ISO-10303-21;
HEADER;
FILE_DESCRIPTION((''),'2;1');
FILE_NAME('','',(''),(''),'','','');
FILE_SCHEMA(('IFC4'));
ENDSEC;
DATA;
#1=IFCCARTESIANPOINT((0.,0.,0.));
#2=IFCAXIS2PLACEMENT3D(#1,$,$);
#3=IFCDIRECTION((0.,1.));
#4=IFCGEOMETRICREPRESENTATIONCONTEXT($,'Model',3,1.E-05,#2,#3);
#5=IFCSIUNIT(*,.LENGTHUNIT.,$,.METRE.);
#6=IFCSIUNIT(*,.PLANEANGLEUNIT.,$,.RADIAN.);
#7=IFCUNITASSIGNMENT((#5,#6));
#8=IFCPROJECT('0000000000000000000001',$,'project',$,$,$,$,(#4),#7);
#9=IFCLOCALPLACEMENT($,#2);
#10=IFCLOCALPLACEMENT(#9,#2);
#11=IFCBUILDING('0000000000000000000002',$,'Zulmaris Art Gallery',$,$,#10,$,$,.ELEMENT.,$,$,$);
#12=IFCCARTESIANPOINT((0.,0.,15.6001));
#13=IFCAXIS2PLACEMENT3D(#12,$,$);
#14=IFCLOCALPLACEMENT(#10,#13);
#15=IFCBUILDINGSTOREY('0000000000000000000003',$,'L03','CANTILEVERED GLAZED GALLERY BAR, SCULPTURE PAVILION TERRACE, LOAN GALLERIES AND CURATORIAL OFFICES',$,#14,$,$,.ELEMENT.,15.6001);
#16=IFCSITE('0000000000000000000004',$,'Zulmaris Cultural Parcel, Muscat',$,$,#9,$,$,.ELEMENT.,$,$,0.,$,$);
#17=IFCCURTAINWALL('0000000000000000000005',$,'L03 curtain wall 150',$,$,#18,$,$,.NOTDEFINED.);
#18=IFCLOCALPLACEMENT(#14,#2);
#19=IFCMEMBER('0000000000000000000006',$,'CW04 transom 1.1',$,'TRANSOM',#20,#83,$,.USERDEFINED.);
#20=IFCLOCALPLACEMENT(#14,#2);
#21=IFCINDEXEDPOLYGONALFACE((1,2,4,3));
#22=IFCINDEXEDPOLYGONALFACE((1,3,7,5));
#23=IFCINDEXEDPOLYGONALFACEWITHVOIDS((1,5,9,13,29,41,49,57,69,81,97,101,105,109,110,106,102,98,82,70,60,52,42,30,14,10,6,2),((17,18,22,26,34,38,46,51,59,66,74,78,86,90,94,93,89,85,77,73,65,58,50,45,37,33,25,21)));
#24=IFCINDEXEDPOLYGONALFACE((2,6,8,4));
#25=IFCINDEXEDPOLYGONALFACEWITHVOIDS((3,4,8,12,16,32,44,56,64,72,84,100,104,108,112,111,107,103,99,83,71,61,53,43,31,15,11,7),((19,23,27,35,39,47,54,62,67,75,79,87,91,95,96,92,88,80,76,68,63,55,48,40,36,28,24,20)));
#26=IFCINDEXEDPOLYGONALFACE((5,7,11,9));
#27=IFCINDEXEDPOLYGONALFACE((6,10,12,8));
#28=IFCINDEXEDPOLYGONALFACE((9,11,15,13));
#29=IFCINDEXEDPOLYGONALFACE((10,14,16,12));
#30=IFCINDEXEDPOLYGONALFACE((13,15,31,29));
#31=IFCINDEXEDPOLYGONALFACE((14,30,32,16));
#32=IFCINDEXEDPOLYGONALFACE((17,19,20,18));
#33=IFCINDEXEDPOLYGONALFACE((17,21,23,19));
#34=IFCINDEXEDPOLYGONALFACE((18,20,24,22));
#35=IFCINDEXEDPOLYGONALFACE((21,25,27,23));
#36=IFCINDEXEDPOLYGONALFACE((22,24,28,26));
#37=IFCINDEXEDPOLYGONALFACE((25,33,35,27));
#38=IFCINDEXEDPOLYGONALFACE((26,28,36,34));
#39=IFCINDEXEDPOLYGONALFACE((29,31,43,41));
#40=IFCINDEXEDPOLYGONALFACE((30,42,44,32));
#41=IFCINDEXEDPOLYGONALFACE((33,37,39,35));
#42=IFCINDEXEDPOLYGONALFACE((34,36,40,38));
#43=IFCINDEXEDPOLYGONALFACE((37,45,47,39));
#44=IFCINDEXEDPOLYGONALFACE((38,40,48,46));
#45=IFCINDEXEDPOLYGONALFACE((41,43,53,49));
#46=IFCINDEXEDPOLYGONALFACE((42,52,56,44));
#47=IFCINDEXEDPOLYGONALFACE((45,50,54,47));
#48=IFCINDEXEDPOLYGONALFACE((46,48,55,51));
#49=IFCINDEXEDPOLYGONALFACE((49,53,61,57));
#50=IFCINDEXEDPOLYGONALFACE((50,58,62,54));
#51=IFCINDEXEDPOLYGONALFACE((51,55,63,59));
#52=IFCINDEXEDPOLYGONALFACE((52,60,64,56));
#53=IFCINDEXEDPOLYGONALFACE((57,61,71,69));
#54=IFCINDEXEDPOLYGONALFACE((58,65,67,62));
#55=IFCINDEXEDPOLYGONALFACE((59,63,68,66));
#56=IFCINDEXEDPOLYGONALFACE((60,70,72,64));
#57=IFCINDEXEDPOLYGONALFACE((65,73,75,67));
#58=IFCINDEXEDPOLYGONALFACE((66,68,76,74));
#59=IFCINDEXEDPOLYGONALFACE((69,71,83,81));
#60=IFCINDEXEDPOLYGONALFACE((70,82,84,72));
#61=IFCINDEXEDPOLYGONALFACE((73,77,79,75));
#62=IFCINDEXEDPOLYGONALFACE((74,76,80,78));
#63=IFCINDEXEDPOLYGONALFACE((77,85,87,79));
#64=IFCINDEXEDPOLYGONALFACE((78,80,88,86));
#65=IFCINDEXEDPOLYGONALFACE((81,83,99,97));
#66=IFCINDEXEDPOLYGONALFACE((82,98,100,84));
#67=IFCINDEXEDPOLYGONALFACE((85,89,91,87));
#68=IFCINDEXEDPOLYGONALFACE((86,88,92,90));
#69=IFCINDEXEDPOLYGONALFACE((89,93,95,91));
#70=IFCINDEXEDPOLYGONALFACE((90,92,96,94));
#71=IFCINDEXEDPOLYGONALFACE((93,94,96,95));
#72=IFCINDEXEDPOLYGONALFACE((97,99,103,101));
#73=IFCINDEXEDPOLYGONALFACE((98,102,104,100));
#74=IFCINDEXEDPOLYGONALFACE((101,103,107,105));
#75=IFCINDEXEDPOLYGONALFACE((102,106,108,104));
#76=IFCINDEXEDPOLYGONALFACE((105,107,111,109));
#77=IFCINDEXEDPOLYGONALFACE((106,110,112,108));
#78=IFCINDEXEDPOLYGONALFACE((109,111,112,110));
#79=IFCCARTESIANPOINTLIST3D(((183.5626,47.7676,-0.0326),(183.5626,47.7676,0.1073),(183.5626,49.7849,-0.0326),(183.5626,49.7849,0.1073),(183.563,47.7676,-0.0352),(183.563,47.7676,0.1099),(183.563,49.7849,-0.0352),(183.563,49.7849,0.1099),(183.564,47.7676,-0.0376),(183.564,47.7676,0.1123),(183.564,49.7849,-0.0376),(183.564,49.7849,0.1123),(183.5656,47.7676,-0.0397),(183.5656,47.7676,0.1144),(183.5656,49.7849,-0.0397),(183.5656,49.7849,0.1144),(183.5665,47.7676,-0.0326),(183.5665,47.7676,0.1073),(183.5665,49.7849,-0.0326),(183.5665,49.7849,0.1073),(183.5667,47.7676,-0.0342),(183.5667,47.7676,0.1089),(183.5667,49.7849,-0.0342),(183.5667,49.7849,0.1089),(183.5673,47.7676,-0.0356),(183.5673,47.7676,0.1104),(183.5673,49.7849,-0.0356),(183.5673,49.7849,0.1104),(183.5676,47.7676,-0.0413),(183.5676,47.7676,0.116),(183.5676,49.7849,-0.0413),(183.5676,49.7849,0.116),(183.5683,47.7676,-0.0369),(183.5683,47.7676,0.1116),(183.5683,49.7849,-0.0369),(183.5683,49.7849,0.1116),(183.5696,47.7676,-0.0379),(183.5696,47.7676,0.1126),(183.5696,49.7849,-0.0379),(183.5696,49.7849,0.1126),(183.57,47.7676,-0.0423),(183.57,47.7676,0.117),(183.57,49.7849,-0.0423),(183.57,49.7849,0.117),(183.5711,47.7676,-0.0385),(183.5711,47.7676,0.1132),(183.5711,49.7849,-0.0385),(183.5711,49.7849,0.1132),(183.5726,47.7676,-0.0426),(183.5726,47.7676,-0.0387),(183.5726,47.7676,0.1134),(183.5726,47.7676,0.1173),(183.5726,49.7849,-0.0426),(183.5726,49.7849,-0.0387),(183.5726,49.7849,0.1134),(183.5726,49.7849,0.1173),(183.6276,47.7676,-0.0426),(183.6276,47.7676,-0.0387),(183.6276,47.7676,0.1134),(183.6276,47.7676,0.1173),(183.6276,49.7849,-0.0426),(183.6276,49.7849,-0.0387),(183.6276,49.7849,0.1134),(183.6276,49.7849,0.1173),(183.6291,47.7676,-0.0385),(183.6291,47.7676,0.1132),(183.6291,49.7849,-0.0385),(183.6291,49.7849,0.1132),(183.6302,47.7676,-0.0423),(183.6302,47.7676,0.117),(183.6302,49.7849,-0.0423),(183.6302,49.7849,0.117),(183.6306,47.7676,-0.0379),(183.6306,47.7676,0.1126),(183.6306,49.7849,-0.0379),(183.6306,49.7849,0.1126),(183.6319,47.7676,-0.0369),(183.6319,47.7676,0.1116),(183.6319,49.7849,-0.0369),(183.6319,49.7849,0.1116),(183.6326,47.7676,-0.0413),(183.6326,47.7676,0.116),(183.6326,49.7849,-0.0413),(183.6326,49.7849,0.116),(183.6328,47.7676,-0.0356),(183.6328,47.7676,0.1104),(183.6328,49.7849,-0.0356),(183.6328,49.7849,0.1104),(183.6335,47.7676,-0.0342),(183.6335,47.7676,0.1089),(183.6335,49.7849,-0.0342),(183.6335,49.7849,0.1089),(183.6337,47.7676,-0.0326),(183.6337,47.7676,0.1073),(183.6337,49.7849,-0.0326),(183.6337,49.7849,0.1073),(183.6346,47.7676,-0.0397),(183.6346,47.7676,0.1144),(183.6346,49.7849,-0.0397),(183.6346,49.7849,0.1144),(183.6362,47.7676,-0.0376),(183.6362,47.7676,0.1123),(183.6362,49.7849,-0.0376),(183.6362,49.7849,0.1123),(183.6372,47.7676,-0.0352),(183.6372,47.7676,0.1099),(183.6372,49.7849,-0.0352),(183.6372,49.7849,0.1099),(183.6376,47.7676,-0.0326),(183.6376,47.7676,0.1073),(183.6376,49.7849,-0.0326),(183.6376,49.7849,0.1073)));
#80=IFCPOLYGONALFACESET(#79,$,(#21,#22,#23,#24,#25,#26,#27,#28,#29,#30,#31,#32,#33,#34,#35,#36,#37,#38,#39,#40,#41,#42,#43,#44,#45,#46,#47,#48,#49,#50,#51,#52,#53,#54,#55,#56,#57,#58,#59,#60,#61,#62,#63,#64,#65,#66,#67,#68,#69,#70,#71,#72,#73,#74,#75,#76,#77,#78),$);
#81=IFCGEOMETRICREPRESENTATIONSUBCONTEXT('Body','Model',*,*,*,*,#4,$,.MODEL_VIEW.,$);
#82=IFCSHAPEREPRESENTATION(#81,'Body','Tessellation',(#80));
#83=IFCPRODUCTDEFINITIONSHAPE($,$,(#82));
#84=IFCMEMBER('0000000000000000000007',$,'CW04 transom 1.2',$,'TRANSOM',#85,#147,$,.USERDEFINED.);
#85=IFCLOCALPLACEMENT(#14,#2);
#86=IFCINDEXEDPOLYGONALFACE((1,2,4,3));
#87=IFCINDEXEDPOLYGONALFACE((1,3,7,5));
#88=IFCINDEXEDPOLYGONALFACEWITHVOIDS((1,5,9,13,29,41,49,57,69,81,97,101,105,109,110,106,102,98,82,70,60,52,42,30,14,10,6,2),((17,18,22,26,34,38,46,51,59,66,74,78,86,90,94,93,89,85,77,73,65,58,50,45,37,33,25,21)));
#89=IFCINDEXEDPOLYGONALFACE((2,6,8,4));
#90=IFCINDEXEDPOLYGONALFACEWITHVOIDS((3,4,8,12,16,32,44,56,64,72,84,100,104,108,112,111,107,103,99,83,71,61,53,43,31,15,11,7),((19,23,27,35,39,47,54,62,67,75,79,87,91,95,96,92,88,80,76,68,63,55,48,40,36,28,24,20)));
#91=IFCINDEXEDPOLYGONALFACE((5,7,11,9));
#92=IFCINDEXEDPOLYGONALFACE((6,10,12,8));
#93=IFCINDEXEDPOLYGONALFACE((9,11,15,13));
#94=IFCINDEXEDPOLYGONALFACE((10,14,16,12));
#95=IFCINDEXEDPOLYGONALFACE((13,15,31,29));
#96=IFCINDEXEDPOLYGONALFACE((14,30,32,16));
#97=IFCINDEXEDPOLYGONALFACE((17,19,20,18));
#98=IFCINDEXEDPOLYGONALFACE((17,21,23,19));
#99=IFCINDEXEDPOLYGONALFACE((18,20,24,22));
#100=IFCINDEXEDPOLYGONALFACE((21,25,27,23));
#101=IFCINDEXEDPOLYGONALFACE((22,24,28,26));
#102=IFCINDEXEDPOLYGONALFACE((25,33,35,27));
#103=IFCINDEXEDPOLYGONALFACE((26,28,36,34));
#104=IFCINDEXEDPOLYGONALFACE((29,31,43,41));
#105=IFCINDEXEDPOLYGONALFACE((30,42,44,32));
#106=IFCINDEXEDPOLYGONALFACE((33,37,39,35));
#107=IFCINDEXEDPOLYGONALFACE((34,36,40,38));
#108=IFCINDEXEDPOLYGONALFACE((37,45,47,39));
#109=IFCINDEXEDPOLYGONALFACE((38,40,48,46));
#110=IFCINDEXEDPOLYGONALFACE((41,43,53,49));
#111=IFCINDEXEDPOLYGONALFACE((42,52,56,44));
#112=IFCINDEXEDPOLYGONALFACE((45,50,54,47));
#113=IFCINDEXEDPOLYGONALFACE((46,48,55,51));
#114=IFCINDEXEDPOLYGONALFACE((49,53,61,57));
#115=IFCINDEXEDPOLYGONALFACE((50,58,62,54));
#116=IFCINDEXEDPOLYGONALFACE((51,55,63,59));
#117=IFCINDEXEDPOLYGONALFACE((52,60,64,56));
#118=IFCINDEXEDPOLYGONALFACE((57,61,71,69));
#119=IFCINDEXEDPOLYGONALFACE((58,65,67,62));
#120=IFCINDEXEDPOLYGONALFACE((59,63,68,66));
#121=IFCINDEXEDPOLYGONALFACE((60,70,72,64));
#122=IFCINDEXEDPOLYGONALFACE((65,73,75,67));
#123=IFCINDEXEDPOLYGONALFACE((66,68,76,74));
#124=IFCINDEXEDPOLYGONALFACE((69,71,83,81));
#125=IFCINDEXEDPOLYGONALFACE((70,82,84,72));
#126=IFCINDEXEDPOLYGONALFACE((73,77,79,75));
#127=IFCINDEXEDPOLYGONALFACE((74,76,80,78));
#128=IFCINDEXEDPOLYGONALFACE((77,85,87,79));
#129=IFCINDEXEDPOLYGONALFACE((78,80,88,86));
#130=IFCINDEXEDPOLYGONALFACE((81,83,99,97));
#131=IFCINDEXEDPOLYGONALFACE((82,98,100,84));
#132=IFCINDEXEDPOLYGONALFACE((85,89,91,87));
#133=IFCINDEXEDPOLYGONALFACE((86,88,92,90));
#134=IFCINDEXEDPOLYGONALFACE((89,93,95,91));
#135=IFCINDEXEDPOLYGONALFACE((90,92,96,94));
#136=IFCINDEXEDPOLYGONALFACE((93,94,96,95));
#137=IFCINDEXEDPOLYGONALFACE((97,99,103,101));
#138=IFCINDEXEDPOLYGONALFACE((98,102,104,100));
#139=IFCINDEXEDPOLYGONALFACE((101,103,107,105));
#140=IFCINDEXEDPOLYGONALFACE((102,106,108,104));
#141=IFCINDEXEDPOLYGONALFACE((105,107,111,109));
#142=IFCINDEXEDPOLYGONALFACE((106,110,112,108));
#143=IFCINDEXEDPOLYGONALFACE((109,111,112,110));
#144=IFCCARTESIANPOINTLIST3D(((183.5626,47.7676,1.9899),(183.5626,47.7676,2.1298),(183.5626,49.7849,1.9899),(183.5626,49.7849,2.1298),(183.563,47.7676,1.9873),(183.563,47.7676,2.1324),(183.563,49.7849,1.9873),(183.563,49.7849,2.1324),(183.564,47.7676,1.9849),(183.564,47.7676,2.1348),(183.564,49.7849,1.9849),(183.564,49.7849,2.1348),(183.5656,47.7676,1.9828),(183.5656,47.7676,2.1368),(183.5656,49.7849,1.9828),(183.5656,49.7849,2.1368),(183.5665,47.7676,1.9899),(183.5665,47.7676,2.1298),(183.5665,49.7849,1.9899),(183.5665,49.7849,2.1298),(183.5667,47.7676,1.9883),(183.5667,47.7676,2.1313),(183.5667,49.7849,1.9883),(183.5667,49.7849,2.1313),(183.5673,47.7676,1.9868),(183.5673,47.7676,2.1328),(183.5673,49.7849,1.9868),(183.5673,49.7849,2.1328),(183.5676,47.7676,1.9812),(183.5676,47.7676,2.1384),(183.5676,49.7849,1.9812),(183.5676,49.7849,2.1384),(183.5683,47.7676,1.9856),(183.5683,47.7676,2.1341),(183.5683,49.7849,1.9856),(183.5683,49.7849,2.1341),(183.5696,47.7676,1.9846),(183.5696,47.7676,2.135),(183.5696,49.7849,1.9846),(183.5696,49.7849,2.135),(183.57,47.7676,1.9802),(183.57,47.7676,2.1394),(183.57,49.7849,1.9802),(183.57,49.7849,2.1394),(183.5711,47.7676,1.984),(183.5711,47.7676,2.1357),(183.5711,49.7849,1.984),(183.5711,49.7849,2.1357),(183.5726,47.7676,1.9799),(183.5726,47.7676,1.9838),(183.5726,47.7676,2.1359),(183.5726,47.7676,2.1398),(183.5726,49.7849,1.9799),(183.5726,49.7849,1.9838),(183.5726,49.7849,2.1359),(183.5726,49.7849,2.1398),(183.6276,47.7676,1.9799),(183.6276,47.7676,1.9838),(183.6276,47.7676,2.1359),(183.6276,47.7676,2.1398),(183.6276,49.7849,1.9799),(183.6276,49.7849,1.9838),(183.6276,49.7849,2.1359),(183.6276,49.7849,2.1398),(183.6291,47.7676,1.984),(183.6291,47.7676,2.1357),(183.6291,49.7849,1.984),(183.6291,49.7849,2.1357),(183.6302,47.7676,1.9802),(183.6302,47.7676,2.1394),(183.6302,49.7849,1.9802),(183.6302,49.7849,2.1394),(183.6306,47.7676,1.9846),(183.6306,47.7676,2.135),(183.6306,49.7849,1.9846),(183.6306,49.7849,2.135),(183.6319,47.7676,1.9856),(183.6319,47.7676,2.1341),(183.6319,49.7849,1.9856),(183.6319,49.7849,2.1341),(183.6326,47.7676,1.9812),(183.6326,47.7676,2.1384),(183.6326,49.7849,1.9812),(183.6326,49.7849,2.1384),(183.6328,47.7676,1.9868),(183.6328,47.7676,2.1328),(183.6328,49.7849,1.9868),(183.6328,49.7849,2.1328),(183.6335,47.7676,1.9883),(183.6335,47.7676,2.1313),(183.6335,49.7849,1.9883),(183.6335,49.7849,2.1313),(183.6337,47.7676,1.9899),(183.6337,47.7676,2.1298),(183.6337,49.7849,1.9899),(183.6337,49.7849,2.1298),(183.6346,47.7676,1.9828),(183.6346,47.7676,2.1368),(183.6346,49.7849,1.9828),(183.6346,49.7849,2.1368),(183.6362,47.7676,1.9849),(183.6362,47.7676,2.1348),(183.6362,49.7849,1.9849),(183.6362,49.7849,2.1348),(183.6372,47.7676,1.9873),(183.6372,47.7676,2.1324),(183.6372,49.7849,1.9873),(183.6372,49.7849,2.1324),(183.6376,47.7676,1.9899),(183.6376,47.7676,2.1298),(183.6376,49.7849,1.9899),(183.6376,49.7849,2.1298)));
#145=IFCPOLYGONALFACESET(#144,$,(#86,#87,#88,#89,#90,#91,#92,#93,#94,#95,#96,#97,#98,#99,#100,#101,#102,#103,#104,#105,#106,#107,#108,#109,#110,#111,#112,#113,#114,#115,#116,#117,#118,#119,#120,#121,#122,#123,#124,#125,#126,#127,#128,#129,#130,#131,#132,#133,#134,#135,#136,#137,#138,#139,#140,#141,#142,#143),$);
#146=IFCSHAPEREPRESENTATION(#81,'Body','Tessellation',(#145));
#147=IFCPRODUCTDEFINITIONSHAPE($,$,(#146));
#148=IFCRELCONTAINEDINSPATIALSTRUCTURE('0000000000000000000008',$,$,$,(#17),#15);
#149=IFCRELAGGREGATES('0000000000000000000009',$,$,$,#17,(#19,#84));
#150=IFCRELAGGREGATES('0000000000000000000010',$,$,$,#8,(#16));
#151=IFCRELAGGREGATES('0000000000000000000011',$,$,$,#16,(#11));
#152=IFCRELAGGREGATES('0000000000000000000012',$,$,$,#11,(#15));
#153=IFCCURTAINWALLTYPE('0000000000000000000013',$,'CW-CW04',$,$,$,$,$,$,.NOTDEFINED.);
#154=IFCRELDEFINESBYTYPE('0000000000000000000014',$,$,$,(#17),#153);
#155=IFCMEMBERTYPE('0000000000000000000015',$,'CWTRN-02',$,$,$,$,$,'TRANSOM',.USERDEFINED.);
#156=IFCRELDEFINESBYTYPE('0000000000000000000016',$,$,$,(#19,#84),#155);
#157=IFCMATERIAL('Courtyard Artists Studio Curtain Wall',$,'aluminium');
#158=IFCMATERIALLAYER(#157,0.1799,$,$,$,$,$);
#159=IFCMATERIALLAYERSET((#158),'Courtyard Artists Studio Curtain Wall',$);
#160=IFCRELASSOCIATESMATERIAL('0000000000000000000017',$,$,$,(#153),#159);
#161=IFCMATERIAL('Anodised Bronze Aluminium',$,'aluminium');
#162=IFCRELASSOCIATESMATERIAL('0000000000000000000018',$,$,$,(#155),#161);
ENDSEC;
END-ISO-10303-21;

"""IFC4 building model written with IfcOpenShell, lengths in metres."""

from ifc_helpers import new_model, si_unit, direction, frame, origin, origin_2d, place, context, subcontext, project, spatial, hollow_rectangle, extrude, material, layer, layer_set, material_profile, profile_set, type_object, element, aggregate, save


model = new_model("IFC4")

# Units and contexts
model_context = context("Model", 3, precision=1e-05, world=origin(), true_north=direction((0.0, 1.0)))
body_context = subcontext(model_context, "Body", "Model", "MODEL_VIEW")
ifc_project = project(units=[si_unit("LENGTHUNIT", "METRE"), si_unit("PLANEANGLEUNIT", "RADIAN")], contexts=[model_context])

# Site, building, storey
site_placement = place(None, origin())
site = spatial("IfcSite", under=ifc_project, at=site_placement, Name="Zulmaris Cultural Parcel, Muscat", CompositionType="ELEMENT", RefElevation=0.0)
building_placement = place(site_placement, origin())
building = spatial("IfcBuilding", under=site, at=building_placement, Name="Zulmaris Art Gallery", CompositionType="ELEMENT")
storey_placement = place(building_placement, frame((0.0, 0.0, 15.6001)))
storey = spatial("IfcBuildingStorey", under=building, at=storey_placement, Name="L03", Description="CANTILEVERED GLAZED GALLERY BAR, SCULPTURE PAVILION TERRACE, LOAN GALLERIES AND CURATORIAL OFFICES", CompositionType="ELEMENT", Elevation=15.6001)

# Curtain wall
ifc_material_1 = material(Name="Courtyard Artists Studio Curtain Wall", Category="aluminium")
ifc_layer_1 = layer(ifc_material_1, 0.1799)
ifc_layer_set_1 = layer_set([ifc_layer_1], Name="Courtyard Artists Studio Curtain Wall")
curtain_wall_type = type_object("IfcCurtainWallType", Name="CW-CW04", PredefinedType="NOTDEFINED", material=ifc_layer_set_1)
curtain_wall_1_placement = place(storey_placement, origin())
curtain_wall_1 = element("IfcCurtainWall", 1, at=curtain_wall_1_placement, inside=storey, type_object=curtain_wall_type, Name="L03 curtain wall 150", PredefinedType="NOTDEFINED")
ifc_material_2 = material(Name="Anodised Bronze Aluminium", Category="aluminium")

# Members
ifc_material_profile_1 = material_profile(ifc_material_2, hollow_rectangle(XDim=0.075, YDim=0.1599, WallThickness=0.0039, InnerFilletRadius=0.0061, OuterFilletRadius=0.01, at=origin_2d()), Name="ALU 75x160x4")
ifc_profile_set_1 = profile_set([ifc_material_profile_1], Name="Anodised Bronze Aluminium")
member_type_1 = type_object("IfcMemberType", Name="CWTRN-02", ElementType="TRANSOM", PredefinedType="USERDEFINED", material=ifc_profile_set_1)
member_1_placement = place(storey_placement, frame((183.6001, 49.7849, 0.0374), z_axis=(0.0, -1.0, 0.0), x_axis=(1.0, 0.0, 0.0)))
member_1 = element("IfcMember", 2, at=member_1_placement, type_object=member_type_1, Name="CW04 transom 1.1", ObjectType="TRANSOM", PredefinedType="USERDEFINED", context=body_context, shape_type="SweptSolid", body=[
    extrude(hollow_rectangle(XDim=0.075, YDim=0.1599, WallThickness=0.0039, InnerFilletRadius=0.0061, OuterFilletRadius=0.01, at=origin_2d()), origin(), (0.0, 0.0, 1.0), 2.0173),
])
member_2_placement = place(storey_placement, frame((183.6001, 49.7849, 2.0598), z_axis=(0.0, -1.0, 0.0), x_axis=(1.0, 0.0, 0.0)))
member_2 = element("IfcMember", 3, at=member_2_placement, type_object=member_type_1, Name="CW04 transom 1.2", ObjectType="TRANSOM", PredefinedType="USERDEFINED", context=body_context, shape_type="SweptSolid", body=[
    extrude(hollow_rectangle(XDim=0.075, YDim=0.1599, WallThickness=0.0039, InnerFilletRadius=0.0061, OuterFilletRadius=0.01, at=origin_2d()), origin(), (0.0, 0.0, 1.0), 2.0173),
])

aggregate(curtain_wall_1, [member_1, member_2])

save(model, "model.ifc")
